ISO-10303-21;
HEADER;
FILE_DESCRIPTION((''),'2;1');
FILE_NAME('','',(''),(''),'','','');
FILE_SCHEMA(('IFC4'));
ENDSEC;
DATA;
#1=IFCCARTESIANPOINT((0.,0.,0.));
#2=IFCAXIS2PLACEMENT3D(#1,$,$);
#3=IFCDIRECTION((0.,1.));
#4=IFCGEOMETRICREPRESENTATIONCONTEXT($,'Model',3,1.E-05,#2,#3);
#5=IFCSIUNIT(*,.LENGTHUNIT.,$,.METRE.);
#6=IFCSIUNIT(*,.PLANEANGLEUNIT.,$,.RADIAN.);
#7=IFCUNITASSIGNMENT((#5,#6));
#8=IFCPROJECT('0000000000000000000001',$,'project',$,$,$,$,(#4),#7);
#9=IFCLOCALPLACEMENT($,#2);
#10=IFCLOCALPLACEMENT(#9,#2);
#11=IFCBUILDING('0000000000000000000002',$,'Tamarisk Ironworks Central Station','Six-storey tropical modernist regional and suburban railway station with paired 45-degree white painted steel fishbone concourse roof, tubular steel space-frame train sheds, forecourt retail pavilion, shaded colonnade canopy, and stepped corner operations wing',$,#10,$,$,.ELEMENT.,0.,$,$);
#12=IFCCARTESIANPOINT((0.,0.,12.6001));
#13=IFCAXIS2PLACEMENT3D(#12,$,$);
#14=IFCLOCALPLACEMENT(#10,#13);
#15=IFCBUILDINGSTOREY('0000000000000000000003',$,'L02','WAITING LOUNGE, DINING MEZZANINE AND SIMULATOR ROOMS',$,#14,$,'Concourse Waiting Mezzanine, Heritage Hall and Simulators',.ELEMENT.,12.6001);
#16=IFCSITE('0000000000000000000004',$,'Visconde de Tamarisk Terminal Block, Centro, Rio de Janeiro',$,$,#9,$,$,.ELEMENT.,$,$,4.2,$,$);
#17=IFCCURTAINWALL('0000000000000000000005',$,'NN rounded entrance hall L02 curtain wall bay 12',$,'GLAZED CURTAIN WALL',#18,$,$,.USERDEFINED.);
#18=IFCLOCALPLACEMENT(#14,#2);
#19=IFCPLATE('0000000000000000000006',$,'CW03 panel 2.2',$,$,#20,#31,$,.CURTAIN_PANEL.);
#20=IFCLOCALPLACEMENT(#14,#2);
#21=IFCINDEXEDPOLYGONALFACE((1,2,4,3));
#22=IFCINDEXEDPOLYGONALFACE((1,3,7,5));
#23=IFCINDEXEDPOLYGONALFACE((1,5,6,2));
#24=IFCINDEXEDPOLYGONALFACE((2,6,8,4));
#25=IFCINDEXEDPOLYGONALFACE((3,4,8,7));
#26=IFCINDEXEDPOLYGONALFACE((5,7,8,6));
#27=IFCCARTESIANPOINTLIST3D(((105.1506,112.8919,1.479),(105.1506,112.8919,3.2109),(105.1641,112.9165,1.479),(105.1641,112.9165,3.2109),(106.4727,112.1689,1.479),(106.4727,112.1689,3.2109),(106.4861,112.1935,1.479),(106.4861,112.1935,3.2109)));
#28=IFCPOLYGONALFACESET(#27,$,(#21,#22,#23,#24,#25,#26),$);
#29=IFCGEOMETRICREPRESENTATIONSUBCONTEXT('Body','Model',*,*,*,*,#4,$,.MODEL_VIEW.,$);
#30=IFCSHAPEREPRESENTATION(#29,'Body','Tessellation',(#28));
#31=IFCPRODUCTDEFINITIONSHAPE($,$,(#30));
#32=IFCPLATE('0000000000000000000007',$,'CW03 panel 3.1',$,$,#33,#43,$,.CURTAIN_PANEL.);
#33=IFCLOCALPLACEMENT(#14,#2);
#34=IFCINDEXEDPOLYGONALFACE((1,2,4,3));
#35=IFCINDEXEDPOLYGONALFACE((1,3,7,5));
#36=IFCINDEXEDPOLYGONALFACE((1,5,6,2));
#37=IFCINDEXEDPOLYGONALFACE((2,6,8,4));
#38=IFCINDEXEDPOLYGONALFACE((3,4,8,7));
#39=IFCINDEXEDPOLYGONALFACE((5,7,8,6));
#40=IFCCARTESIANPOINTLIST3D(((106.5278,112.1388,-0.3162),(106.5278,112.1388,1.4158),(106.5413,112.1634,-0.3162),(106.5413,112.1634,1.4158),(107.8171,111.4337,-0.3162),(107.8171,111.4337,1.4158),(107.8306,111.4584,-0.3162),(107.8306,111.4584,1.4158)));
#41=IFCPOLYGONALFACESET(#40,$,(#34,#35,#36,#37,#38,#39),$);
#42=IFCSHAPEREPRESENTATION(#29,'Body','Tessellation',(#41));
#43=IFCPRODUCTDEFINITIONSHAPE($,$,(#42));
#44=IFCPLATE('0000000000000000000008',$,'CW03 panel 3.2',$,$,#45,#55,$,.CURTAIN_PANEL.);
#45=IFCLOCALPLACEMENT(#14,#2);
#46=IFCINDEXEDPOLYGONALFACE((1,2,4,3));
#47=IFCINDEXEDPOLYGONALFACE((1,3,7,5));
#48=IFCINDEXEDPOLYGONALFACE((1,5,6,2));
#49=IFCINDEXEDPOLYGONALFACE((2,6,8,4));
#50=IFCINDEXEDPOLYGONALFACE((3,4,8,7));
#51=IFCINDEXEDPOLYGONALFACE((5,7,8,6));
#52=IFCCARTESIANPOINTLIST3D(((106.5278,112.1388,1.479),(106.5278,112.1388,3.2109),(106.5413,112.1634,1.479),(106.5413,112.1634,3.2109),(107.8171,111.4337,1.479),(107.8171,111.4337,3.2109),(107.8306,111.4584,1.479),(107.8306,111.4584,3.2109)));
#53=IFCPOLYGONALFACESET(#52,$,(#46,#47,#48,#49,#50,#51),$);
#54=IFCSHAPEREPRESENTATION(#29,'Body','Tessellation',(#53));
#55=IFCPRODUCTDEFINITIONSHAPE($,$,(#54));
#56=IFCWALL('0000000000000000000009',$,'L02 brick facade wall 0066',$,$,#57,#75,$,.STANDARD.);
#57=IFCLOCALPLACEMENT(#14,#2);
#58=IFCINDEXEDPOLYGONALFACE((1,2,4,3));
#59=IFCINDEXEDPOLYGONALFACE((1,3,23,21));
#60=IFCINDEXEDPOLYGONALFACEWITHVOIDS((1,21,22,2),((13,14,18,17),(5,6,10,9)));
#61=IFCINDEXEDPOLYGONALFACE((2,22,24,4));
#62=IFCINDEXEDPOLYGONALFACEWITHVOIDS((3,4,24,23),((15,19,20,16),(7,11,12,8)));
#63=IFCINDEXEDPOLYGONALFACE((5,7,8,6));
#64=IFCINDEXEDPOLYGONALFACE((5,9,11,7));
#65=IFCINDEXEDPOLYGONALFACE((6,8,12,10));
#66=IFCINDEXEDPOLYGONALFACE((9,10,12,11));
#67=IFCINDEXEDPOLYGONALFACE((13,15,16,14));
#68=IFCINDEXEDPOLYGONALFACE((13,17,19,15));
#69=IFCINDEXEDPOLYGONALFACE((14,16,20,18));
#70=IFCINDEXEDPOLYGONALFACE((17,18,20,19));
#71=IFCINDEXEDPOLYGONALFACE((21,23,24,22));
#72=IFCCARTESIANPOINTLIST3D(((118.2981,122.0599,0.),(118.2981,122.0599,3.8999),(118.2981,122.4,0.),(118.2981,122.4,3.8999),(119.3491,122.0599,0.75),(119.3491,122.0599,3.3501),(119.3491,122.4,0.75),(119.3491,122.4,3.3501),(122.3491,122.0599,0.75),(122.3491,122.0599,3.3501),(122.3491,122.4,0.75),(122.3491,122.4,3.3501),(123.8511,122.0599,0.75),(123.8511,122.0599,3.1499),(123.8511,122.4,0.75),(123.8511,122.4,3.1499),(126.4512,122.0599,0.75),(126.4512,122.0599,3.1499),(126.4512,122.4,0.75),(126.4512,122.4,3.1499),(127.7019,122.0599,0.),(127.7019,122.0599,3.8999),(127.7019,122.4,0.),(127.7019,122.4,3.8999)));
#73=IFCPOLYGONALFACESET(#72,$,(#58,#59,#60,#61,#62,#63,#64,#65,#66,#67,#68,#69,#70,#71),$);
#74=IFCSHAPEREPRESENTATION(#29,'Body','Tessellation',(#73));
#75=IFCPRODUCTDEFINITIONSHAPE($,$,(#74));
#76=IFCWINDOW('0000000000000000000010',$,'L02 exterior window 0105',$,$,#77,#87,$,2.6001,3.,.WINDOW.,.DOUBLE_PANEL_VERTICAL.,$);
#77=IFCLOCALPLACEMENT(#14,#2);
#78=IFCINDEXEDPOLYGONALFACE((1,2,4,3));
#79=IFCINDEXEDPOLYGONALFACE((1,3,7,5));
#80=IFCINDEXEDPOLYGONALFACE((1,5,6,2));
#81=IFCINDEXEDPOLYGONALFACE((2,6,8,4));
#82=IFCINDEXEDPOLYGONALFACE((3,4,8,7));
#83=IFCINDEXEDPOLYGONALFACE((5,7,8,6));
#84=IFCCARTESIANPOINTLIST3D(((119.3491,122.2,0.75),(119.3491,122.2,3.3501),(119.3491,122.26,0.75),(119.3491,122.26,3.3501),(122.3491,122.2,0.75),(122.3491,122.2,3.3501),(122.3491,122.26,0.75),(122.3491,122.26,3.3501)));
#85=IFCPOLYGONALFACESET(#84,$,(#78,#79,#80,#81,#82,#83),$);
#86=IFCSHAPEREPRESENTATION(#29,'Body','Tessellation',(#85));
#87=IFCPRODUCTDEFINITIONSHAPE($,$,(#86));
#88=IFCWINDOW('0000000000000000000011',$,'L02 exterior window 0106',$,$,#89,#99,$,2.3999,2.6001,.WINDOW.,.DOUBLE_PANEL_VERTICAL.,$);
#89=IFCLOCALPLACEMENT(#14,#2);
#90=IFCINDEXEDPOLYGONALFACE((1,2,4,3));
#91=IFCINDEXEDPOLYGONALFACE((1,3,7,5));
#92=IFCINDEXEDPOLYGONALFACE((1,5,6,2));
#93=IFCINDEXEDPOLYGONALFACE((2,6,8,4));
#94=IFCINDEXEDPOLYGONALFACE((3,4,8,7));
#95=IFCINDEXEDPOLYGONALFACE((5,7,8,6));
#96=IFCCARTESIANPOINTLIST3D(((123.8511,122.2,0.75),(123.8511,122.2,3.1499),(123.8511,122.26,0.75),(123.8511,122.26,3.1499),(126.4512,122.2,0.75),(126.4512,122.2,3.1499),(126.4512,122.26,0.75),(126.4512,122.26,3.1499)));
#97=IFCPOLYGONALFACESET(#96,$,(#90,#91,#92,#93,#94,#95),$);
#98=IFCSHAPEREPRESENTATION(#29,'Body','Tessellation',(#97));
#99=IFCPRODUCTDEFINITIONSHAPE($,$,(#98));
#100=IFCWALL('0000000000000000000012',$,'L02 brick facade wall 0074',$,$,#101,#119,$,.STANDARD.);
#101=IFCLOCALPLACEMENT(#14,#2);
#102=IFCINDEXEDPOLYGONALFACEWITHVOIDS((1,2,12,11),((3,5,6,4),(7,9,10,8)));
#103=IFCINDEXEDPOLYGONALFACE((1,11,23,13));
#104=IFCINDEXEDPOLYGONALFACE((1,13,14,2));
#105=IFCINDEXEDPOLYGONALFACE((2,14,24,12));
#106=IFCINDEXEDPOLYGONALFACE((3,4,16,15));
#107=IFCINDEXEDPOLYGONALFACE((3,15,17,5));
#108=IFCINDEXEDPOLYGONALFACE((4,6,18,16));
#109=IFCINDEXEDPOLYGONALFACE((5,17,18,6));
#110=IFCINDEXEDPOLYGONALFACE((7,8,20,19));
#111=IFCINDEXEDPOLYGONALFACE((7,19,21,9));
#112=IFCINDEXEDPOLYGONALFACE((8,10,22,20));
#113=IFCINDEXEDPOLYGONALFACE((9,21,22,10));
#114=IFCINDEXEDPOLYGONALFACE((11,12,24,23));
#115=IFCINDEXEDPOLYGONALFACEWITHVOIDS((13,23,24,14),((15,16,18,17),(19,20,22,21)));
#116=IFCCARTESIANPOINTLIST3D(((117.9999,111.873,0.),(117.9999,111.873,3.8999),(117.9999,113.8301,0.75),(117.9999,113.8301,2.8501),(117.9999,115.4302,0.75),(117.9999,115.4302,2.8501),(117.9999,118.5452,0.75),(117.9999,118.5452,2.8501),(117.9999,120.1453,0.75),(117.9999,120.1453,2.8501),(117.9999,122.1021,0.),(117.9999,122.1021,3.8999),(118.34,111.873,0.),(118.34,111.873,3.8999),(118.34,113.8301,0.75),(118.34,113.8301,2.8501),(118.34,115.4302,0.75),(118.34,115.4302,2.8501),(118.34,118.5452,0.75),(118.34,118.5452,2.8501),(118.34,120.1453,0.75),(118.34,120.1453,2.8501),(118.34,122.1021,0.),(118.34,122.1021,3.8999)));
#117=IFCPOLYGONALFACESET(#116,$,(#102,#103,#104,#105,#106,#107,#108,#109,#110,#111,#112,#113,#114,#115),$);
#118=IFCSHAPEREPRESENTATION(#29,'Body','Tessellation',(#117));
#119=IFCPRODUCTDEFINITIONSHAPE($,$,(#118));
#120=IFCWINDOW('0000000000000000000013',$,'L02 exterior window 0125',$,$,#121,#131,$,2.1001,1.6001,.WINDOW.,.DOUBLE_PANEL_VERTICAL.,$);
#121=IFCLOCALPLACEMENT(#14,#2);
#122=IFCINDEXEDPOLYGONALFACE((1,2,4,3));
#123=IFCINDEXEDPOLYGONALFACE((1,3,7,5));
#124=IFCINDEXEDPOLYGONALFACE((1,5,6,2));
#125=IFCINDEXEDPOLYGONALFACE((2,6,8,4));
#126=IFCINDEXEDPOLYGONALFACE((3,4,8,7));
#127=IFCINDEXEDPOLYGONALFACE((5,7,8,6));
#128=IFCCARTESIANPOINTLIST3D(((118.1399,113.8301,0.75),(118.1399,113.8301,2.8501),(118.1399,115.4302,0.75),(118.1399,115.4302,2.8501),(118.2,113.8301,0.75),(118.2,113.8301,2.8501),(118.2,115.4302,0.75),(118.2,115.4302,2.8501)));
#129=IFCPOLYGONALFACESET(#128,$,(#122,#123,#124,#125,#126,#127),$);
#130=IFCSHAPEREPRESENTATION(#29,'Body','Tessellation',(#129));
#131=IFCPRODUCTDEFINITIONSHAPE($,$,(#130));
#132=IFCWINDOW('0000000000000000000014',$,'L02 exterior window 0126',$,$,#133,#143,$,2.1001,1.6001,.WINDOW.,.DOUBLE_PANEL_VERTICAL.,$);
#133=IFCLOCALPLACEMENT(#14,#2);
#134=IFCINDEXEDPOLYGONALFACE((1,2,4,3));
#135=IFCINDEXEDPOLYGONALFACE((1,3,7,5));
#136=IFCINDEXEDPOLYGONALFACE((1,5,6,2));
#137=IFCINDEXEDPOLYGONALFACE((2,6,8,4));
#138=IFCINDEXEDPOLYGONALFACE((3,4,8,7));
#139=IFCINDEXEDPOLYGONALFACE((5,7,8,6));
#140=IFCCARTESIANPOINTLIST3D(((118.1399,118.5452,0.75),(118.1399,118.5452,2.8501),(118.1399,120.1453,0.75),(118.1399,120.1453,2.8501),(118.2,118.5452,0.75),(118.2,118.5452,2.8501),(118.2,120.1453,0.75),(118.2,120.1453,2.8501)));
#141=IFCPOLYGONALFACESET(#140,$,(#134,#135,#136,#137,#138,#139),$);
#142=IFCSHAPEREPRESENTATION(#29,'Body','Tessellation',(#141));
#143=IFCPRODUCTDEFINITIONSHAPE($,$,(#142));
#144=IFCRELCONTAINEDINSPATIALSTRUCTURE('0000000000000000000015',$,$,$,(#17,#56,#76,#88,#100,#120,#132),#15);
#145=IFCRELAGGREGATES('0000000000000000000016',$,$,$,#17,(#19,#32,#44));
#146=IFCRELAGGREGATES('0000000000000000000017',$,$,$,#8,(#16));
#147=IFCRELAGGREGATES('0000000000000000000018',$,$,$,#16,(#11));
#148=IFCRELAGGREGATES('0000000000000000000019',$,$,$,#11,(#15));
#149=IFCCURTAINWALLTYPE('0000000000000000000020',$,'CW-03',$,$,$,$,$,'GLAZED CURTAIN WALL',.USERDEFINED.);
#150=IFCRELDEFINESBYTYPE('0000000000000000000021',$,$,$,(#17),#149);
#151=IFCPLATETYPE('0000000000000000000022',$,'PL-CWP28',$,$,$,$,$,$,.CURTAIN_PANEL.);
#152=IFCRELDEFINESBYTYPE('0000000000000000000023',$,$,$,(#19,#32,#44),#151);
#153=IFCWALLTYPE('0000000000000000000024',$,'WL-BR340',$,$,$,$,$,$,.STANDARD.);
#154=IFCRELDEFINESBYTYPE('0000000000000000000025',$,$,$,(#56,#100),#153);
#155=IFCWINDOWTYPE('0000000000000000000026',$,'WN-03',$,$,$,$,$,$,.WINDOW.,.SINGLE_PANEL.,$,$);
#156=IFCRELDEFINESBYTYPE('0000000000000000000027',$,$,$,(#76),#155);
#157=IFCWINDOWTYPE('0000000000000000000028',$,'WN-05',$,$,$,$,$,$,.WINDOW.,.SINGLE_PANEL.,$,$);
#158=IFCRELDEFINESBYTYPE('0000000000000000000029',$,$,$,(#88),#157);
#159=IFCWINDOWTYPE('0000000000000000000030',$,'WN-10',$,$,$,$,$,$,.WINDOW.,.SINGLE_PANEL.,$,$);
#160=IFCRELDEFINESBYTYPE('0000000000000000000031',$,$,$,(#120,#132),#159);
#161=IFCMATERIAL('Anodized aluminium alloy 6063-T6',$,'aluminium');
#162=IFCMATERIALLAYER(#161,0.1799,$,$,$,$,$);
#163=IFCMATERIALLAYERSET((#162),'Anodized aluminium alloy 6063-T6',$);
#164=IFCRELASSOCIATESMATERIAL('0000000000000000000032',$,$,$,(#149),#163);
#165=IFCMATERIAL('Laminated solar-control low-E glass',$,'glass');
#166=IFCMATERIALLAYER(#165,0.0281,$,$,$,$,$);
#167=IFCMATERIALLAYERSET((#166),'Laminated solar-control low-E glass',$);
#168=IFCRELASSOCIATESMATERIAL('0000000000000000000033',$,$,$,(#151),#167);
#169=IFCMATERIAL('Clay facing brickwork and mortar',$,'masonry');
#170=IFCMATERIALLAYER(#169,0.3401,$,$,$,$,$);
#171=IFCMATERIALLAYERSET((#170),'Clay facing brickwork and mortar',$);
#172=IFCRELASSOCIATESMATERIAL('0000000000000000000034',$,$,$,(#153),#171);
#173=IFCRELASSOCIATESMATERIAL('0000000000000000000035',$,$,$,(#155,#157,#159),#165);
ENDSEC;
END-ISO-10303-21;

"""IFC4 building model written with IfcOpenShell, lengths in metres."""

from ifc_helpers import new_model, si_unit, direction, frame, frame_2d, origin, origin_2d, place, context, subcontext, project, spatial, rectangle, extrude, material, layer, layer_set, type_object, element, fill, aggregate, save


model = new_model("IFC4")

# Units and contexts
model_context = context("Model", 3, precision=1e-05, world=origin(), true_north=direction((0.0, 1.0)))
body_context = subcontext(model_context, "Body", "Model", "MODEL_VIEW")
ifc_project = project(units=[si_unit("LENGTHUNIT", "METRE"), si_unit("PLANEANGLEUNIT", "RADIAN")], contexts=[model_context])

# Site, building, storey
site_placement = place(None, origin())
site = spatial("IfcSite", under=ifc_project, at=site_placement, Name="Visconde de Tamarisk Terminal Block, Centro, Rio de Janeiro", CompositionType="ELEMENT", RefElevation=4.2)
building_placement = place(site_placement, origin())
building = spatial("IfcBuilding", under=site, at=building_placement, Name="Tamarisk Ironworks Central Station", Description="Six-storey tropical modernist regional and suburban railway station with paired 45-degree white painted steel fishbone concourse roof, tubular steel space-frame train sheds, forecourt retail pavilion, shaded colonnade canopy, and stepped corner operations wing", CompositionType="ELEMENT", ElevationOfRefHeight=0.0)
storey_placement = place(building_placement, frame((0.0, 0.0, 12.6001)))
storey = spatial("IfcBuildingStorey", under=building, at=storey_placement, Name="L02", Description="WAITING LOUNGE, DINING MEZZANINE AND SIMULATOR ROOMS", LongName="Concourse Waiting Mezzanine, Heritage Hall and Simulators", CompositionType="ELEMENT", Elevation=12.6001)

# Curtain wall, plates
ifc_material_1 = material(Name="Anodized aluminium alloy 6063-T6", Category="aluminium")
ifc_layer_1 = layer(ifc_material_1, 0.1799)
ifc_layer_set_1 = layer_set([ifc_layer_1], Name="Anodized aluminium alloy 6063-T6")
curtain_wall_type = type_object("IfcCurtainWallType", Name="CW-03", ElementType="GLAZED CURTAIN WALL", PredefinedType="USERDEFINED", material=ifc_layer_set_1)
curtain_wall_placement = place(storey_placement, origin())
curtain_wall = element("IfcCurtainWall", 1, at=curtain_wall_placement, inside=storey, type_object=curtain_wall_type, Name="NN rounded entrance hall L02 curtain wall bay 12", ObjectType="GLAZED CURTAIN WALL", PredefinedType="USERDEFINED")
ifc_material_2 = material(Name="Laminated solar-control low-E glass", Category="glass")
ifc_layer_2 = layer(ifc_material_2, 0.0281)
ifc_layer_set_2 = layer_set([ifc_layer_2], Name="Laminated solar-control low-E glass")
plate_type = type_object("IfcPlateType", Name="PL-CWP28", PredefinedType="CURTAIN_PANEL", material=ifc_layer_set_2)
plate_1_placement = place(storey_placement, frame((105.8184, 112.5427, 1.479), z_axis=(0.0, 0.0, 1.0), x_axis=(0.877375, -0.479805, 0.0)))
plate_1 = element("IfcPlate", 2, at=plate_1_placement, type_object=plate_type, Name="CW03 panel 2.2", PredefinedType="CURTAIN_PANEL", context=body_context, shape_type="SweptSolid", body=[
    extrude(rectangle(XDim=1.5068, YDim=0.0281, at=origin_2d()), origin(), (0.0, 0.0, 1.0), 1.7319),
])
plate_2_placement = place(storey_placement, frame((107.1792, 111.7986, -0.3162), z_axis=(0.0, 0.0, 1.0), x_axis=(0.877375, -0.479805, 0.0)))
plate_2 = element("IfcPlate", 3, at=plate_2_placement, type_object=plate_type, Name="CW03 panel 3.1", PredefinedType="CURTAIN_PANEL", context=body_context, shape_type="SweptSolid", body=[
    extrude(rectangle(XDim=1.4695, YDim=0.0281, at=origin_2d()), origin(), (0.0, 0.0, 1.0), 1.7319),
])
plate_3_placement = place(storey_placement, frame((107.1792, 111.7986, 1.479), z_axis=(0.0, 0.0, 1.0), x_axis=(0.877375, -0.479805, 0.0)))
plate_3 = element("IfcPlate", 4, at=plate_3_placement, type_object=plate_type, Name="CW03 panel 3.2", PredefinedType="CURTAIN_PANEL", context=body_context, shape_type="SweptSolid", body=[
    extrude(rectangle(XDim=1.4695, YDim=0.0281, at=origin_2d()), origin(), (0.0, 0.0, 1.0), 1.7319),
])
aggregate(curtain_wall, [plate_1, plate_2, plate_3])

# Walls, openings, windows
ifc_material_3 = material(Name="Clay facing brickwork and mortar", Category="masonry")
ifc_layer_3 = layer(ifc_material_3, 0.3401)
ifc_layer_set_3 = layer_set([ifc_layer_3], Name="Clay facing brickwork and mortar")
wall_type = type_object("IfcWallType", Name="WL-BR340", PredefinedType="STANDARD", material=ifc_layer_set_3)
wall_1_placement = place(storey_placement, frame((118.2981, 122.23, 0.0), z_axis=(0.0, 0.0, 1.0), x_axis=(1.0, 0.0, 0.0)))
wall_1 = element("IfcWall", 5, at=wall_1_placement, inside=storey, type_object=wall_type, Name="L02 brick facade wall 0066", PredefinedType="STANDARD", context=body_context, shape_type="SweptSolid", body=[
    extrude(rectangle(XDim=9.4038, YDim=0.3401, at=frame_2d((4.7019, 0.0))), origin(), (0.0, 0.0, 1.0), 3.8999),
])
opening_1_placement = place(wall_1_placement, frame((1.051, 0.0, 0.75)))
opening_1 = element("IfcOpeningElement", 6, at=opening_1_placement, cuts=wall_1, PredefinedType="OPENING", context=body_context, shape_type="SweptSolid", body=[
    extrude(rectangle(XDim=3.0, YDim=2.6001, at=frame_2d((1.5, 1.3))), frame((0.0, 0.1821, 0.0), z_axis=(0.0, -1.0, 0.0), x_axis=(1.0, 0.0, 0.0)), (0.0, 0.0, 1.0), 0.364),
])
opening_2_placement = place(wall_1_placement, frame((5.553, 0.0, 0.75)))
opening_2 = element("IfcOpeningElement", 7, at=opening_2_placement, cuts=wall_1, PredefinedType="OPENING", context=body_context, shape_type="SweptSolid", body=[
    extrude(rectangle(XDim=2.6001, YDim=2.3999, at=frame_2d((1.3, 1.2))), frame((0.0, 0.1821, 0.0), z_axis=(0.0, -1.0, 0.0), x_axis=(1.0, 0.0, 0.0)), (0.0, 0.0, 1.0), 0.364),
])
window_type_1 = type_object("IfcWindowType", Name="WN-03", PartitioningType="SINGLE_PANEL", PredefinedType="WINDOW", material=ifc_material_2)
window_1_placement = place(opening_1_placement, origin())
window_1 = element("IfcWindow", 8, at=window_1_placement, inside=storey, type_object=window_type_1, Name="L02 exterior window 0105", OverallHeight=2.6001, OverallWidth=3.0, PartitioningType="DOUBLE_PANEL_VERTICAL", PredefinedType="WINDOW", context=body_context, shape_type="SweptSolid", body=[
    extrude(rectangle(XDim=3.0, YDim=2.6001, at=frame_2d((1.5, 1.3))), frame((0.0, 0.03, 0.0), z_axis=(0.0, -1.0, 0.0), x_axis=(1.0, 0.0, 0.0)), (0.0, 0.0, 1.0), 0.0601),
])
fill(opening_1, window_1)
window_type_2 = type_object("IfcWindowType", Name="WN-05", PartitioningType="SINGLE_PANEL", PredefinedType="WINDOW", material=ifc_material_2)
window_2_placement = place(opening_2_placement, origin())
window_2 = element("IfcWindow", 9, at=window_2_placement, inside=storey, type_object=window_type_2, Name="L02 exterior window 0106", OverallHeight=2.3999, OverallWidth=2.6001, PartitioningType="DOUBLE_PANEL_VERTICAL", PredefinedType="WINDOW", context=body_context, shape_type="SweptSolid", body=[
    extrude(rectangle(XDim=2.6001, YDim=2.3999, at=frame_2d((1.3, 1.2))), frame((0.0, 0.03, 0.0), z_axis=(0.0, -1.0, 0.0), x_axis=(1.0, 0.0, 0.0)), (0.0, 0.0, 1.0), 0.0601),
])
fill(opening_2, window_2)
wall_2_placement = place(storey_placement, frame((118.1699, 111.873, 0.0), z_axis=(0.0, 0.0, 1.0), x_axis=(0.0, 1.0, 0.0)))
wall_2 = element("IfcWall", 10, at=wall_2_placement, inside=storey, type_object=wall_type, Name="L02 brick facade wall 0074", PredefinedType="STANDARD", context=body_context, shape_type="SweptSolid", body=[
    extrude(rectangle(XDim=10.229, YDim=0.3401, at=frame_2d((5.1145, 0.0))), origin(), (0.0, 0.0, 1.0), 3.8999),
])
opening_3_placement = place(wall_2_placement, frame((1.957, 0.0, 0.75)))
opening_3 = element("IfcOpeningElement", 11, at=opening_3_placement, cuts=wall_2, PredefinedType="OPENING", context=body_context, shape_type="SweptSolid", body=[
    extrude(rectangle(XDim=1.6001, YDim=2.1001, at=frame_2d((0.8, 1.05))), frame((0.0, 0.1821, 0.0), z_axis=(0.0, -1.0, 0.0), x_axis=(1.0, 0.0, 0.0)), (0.0, 0.0, 1.0), 0.364),
])
opening_4_placement = place(wall_2_placement, frame((6.6721, 0.0, 0.75)))
opening_4 = element("IfcOpeningElement", 12, at=opening_4_placement, cuts=wall_2, PredefinedType="OPENING", context=body_context, shape_type="SweptSolid", body=[
    extrude(rectangle(XDim=1.6001, YDim=2.1001, at=frame_2d((0.8, 1.05))), frame((0.0, 0.1821, 0.0), z_axis=(0.0, -1.0, 0.0), x_axis=(1.0, 0.0, 0.0)), (0.0, 0.0, 1.0), 0.364),
])
window_type_3 = type_object("IfcWindowType", Name="WN-10", PartitioningType="SINGLE_PANEL", PredefinedType="WINDOW", material=ifc_material_2)
window_3_placement = place(opening_3_placement, origin())
window_3 = element("IfcWindow", 13, at=window_3_placement, inside=storey, type_object=window_type_3, Name="L02 exterior window 0125", OverallHeight=2.1001, OverallWidth=1.6001, PartitioningType="DOUBLE_PANEL_VERTICAL", PredefinedType="WINDOW", context=body_context, shape_type="SweptSolid", body=[
    extrude(rectangle(XDim=1.6001, YDim=2.1001, at=frame_2d((0.8, 1.05))), frame((0.0, 0.03, 0.0), z_axis=(0.0, -1.0, 0.0), x_axis=(1.0, 0.0, 0.0)), (0.0, 0.0, 1.0), 0.0601),
])
fill(opening_3, window_3)
window_4_placement = place(opening_4_placement, origin())
window_4 = element("IfcWindow", 14, at=window_4_placement, inside=storey, type_object=window_type_3, Name="L02 exterior window 0126", OverallHeight=2.1001, OverallWidth=1.6001, PartitioningType="DOUBLE_PANEL_VERTICAL", PredefinedType="WINDOW", context=body_context, shape_type="SweptSolid", body=[
    extrude(rectangle(XDim=1.6001, YDim=2.1001, at=frame_2d((0.8, 1.05))), frame((0.0, 0.03, 0.0), z_axis=(0.0, -1.0, 0.0), x_axis=(1.0, 0.0, 0.0)), (0.0, 0.0, 1.0), 0.0601),
])
fill(opening_4, window_4)

save(model, "model.ifc")
